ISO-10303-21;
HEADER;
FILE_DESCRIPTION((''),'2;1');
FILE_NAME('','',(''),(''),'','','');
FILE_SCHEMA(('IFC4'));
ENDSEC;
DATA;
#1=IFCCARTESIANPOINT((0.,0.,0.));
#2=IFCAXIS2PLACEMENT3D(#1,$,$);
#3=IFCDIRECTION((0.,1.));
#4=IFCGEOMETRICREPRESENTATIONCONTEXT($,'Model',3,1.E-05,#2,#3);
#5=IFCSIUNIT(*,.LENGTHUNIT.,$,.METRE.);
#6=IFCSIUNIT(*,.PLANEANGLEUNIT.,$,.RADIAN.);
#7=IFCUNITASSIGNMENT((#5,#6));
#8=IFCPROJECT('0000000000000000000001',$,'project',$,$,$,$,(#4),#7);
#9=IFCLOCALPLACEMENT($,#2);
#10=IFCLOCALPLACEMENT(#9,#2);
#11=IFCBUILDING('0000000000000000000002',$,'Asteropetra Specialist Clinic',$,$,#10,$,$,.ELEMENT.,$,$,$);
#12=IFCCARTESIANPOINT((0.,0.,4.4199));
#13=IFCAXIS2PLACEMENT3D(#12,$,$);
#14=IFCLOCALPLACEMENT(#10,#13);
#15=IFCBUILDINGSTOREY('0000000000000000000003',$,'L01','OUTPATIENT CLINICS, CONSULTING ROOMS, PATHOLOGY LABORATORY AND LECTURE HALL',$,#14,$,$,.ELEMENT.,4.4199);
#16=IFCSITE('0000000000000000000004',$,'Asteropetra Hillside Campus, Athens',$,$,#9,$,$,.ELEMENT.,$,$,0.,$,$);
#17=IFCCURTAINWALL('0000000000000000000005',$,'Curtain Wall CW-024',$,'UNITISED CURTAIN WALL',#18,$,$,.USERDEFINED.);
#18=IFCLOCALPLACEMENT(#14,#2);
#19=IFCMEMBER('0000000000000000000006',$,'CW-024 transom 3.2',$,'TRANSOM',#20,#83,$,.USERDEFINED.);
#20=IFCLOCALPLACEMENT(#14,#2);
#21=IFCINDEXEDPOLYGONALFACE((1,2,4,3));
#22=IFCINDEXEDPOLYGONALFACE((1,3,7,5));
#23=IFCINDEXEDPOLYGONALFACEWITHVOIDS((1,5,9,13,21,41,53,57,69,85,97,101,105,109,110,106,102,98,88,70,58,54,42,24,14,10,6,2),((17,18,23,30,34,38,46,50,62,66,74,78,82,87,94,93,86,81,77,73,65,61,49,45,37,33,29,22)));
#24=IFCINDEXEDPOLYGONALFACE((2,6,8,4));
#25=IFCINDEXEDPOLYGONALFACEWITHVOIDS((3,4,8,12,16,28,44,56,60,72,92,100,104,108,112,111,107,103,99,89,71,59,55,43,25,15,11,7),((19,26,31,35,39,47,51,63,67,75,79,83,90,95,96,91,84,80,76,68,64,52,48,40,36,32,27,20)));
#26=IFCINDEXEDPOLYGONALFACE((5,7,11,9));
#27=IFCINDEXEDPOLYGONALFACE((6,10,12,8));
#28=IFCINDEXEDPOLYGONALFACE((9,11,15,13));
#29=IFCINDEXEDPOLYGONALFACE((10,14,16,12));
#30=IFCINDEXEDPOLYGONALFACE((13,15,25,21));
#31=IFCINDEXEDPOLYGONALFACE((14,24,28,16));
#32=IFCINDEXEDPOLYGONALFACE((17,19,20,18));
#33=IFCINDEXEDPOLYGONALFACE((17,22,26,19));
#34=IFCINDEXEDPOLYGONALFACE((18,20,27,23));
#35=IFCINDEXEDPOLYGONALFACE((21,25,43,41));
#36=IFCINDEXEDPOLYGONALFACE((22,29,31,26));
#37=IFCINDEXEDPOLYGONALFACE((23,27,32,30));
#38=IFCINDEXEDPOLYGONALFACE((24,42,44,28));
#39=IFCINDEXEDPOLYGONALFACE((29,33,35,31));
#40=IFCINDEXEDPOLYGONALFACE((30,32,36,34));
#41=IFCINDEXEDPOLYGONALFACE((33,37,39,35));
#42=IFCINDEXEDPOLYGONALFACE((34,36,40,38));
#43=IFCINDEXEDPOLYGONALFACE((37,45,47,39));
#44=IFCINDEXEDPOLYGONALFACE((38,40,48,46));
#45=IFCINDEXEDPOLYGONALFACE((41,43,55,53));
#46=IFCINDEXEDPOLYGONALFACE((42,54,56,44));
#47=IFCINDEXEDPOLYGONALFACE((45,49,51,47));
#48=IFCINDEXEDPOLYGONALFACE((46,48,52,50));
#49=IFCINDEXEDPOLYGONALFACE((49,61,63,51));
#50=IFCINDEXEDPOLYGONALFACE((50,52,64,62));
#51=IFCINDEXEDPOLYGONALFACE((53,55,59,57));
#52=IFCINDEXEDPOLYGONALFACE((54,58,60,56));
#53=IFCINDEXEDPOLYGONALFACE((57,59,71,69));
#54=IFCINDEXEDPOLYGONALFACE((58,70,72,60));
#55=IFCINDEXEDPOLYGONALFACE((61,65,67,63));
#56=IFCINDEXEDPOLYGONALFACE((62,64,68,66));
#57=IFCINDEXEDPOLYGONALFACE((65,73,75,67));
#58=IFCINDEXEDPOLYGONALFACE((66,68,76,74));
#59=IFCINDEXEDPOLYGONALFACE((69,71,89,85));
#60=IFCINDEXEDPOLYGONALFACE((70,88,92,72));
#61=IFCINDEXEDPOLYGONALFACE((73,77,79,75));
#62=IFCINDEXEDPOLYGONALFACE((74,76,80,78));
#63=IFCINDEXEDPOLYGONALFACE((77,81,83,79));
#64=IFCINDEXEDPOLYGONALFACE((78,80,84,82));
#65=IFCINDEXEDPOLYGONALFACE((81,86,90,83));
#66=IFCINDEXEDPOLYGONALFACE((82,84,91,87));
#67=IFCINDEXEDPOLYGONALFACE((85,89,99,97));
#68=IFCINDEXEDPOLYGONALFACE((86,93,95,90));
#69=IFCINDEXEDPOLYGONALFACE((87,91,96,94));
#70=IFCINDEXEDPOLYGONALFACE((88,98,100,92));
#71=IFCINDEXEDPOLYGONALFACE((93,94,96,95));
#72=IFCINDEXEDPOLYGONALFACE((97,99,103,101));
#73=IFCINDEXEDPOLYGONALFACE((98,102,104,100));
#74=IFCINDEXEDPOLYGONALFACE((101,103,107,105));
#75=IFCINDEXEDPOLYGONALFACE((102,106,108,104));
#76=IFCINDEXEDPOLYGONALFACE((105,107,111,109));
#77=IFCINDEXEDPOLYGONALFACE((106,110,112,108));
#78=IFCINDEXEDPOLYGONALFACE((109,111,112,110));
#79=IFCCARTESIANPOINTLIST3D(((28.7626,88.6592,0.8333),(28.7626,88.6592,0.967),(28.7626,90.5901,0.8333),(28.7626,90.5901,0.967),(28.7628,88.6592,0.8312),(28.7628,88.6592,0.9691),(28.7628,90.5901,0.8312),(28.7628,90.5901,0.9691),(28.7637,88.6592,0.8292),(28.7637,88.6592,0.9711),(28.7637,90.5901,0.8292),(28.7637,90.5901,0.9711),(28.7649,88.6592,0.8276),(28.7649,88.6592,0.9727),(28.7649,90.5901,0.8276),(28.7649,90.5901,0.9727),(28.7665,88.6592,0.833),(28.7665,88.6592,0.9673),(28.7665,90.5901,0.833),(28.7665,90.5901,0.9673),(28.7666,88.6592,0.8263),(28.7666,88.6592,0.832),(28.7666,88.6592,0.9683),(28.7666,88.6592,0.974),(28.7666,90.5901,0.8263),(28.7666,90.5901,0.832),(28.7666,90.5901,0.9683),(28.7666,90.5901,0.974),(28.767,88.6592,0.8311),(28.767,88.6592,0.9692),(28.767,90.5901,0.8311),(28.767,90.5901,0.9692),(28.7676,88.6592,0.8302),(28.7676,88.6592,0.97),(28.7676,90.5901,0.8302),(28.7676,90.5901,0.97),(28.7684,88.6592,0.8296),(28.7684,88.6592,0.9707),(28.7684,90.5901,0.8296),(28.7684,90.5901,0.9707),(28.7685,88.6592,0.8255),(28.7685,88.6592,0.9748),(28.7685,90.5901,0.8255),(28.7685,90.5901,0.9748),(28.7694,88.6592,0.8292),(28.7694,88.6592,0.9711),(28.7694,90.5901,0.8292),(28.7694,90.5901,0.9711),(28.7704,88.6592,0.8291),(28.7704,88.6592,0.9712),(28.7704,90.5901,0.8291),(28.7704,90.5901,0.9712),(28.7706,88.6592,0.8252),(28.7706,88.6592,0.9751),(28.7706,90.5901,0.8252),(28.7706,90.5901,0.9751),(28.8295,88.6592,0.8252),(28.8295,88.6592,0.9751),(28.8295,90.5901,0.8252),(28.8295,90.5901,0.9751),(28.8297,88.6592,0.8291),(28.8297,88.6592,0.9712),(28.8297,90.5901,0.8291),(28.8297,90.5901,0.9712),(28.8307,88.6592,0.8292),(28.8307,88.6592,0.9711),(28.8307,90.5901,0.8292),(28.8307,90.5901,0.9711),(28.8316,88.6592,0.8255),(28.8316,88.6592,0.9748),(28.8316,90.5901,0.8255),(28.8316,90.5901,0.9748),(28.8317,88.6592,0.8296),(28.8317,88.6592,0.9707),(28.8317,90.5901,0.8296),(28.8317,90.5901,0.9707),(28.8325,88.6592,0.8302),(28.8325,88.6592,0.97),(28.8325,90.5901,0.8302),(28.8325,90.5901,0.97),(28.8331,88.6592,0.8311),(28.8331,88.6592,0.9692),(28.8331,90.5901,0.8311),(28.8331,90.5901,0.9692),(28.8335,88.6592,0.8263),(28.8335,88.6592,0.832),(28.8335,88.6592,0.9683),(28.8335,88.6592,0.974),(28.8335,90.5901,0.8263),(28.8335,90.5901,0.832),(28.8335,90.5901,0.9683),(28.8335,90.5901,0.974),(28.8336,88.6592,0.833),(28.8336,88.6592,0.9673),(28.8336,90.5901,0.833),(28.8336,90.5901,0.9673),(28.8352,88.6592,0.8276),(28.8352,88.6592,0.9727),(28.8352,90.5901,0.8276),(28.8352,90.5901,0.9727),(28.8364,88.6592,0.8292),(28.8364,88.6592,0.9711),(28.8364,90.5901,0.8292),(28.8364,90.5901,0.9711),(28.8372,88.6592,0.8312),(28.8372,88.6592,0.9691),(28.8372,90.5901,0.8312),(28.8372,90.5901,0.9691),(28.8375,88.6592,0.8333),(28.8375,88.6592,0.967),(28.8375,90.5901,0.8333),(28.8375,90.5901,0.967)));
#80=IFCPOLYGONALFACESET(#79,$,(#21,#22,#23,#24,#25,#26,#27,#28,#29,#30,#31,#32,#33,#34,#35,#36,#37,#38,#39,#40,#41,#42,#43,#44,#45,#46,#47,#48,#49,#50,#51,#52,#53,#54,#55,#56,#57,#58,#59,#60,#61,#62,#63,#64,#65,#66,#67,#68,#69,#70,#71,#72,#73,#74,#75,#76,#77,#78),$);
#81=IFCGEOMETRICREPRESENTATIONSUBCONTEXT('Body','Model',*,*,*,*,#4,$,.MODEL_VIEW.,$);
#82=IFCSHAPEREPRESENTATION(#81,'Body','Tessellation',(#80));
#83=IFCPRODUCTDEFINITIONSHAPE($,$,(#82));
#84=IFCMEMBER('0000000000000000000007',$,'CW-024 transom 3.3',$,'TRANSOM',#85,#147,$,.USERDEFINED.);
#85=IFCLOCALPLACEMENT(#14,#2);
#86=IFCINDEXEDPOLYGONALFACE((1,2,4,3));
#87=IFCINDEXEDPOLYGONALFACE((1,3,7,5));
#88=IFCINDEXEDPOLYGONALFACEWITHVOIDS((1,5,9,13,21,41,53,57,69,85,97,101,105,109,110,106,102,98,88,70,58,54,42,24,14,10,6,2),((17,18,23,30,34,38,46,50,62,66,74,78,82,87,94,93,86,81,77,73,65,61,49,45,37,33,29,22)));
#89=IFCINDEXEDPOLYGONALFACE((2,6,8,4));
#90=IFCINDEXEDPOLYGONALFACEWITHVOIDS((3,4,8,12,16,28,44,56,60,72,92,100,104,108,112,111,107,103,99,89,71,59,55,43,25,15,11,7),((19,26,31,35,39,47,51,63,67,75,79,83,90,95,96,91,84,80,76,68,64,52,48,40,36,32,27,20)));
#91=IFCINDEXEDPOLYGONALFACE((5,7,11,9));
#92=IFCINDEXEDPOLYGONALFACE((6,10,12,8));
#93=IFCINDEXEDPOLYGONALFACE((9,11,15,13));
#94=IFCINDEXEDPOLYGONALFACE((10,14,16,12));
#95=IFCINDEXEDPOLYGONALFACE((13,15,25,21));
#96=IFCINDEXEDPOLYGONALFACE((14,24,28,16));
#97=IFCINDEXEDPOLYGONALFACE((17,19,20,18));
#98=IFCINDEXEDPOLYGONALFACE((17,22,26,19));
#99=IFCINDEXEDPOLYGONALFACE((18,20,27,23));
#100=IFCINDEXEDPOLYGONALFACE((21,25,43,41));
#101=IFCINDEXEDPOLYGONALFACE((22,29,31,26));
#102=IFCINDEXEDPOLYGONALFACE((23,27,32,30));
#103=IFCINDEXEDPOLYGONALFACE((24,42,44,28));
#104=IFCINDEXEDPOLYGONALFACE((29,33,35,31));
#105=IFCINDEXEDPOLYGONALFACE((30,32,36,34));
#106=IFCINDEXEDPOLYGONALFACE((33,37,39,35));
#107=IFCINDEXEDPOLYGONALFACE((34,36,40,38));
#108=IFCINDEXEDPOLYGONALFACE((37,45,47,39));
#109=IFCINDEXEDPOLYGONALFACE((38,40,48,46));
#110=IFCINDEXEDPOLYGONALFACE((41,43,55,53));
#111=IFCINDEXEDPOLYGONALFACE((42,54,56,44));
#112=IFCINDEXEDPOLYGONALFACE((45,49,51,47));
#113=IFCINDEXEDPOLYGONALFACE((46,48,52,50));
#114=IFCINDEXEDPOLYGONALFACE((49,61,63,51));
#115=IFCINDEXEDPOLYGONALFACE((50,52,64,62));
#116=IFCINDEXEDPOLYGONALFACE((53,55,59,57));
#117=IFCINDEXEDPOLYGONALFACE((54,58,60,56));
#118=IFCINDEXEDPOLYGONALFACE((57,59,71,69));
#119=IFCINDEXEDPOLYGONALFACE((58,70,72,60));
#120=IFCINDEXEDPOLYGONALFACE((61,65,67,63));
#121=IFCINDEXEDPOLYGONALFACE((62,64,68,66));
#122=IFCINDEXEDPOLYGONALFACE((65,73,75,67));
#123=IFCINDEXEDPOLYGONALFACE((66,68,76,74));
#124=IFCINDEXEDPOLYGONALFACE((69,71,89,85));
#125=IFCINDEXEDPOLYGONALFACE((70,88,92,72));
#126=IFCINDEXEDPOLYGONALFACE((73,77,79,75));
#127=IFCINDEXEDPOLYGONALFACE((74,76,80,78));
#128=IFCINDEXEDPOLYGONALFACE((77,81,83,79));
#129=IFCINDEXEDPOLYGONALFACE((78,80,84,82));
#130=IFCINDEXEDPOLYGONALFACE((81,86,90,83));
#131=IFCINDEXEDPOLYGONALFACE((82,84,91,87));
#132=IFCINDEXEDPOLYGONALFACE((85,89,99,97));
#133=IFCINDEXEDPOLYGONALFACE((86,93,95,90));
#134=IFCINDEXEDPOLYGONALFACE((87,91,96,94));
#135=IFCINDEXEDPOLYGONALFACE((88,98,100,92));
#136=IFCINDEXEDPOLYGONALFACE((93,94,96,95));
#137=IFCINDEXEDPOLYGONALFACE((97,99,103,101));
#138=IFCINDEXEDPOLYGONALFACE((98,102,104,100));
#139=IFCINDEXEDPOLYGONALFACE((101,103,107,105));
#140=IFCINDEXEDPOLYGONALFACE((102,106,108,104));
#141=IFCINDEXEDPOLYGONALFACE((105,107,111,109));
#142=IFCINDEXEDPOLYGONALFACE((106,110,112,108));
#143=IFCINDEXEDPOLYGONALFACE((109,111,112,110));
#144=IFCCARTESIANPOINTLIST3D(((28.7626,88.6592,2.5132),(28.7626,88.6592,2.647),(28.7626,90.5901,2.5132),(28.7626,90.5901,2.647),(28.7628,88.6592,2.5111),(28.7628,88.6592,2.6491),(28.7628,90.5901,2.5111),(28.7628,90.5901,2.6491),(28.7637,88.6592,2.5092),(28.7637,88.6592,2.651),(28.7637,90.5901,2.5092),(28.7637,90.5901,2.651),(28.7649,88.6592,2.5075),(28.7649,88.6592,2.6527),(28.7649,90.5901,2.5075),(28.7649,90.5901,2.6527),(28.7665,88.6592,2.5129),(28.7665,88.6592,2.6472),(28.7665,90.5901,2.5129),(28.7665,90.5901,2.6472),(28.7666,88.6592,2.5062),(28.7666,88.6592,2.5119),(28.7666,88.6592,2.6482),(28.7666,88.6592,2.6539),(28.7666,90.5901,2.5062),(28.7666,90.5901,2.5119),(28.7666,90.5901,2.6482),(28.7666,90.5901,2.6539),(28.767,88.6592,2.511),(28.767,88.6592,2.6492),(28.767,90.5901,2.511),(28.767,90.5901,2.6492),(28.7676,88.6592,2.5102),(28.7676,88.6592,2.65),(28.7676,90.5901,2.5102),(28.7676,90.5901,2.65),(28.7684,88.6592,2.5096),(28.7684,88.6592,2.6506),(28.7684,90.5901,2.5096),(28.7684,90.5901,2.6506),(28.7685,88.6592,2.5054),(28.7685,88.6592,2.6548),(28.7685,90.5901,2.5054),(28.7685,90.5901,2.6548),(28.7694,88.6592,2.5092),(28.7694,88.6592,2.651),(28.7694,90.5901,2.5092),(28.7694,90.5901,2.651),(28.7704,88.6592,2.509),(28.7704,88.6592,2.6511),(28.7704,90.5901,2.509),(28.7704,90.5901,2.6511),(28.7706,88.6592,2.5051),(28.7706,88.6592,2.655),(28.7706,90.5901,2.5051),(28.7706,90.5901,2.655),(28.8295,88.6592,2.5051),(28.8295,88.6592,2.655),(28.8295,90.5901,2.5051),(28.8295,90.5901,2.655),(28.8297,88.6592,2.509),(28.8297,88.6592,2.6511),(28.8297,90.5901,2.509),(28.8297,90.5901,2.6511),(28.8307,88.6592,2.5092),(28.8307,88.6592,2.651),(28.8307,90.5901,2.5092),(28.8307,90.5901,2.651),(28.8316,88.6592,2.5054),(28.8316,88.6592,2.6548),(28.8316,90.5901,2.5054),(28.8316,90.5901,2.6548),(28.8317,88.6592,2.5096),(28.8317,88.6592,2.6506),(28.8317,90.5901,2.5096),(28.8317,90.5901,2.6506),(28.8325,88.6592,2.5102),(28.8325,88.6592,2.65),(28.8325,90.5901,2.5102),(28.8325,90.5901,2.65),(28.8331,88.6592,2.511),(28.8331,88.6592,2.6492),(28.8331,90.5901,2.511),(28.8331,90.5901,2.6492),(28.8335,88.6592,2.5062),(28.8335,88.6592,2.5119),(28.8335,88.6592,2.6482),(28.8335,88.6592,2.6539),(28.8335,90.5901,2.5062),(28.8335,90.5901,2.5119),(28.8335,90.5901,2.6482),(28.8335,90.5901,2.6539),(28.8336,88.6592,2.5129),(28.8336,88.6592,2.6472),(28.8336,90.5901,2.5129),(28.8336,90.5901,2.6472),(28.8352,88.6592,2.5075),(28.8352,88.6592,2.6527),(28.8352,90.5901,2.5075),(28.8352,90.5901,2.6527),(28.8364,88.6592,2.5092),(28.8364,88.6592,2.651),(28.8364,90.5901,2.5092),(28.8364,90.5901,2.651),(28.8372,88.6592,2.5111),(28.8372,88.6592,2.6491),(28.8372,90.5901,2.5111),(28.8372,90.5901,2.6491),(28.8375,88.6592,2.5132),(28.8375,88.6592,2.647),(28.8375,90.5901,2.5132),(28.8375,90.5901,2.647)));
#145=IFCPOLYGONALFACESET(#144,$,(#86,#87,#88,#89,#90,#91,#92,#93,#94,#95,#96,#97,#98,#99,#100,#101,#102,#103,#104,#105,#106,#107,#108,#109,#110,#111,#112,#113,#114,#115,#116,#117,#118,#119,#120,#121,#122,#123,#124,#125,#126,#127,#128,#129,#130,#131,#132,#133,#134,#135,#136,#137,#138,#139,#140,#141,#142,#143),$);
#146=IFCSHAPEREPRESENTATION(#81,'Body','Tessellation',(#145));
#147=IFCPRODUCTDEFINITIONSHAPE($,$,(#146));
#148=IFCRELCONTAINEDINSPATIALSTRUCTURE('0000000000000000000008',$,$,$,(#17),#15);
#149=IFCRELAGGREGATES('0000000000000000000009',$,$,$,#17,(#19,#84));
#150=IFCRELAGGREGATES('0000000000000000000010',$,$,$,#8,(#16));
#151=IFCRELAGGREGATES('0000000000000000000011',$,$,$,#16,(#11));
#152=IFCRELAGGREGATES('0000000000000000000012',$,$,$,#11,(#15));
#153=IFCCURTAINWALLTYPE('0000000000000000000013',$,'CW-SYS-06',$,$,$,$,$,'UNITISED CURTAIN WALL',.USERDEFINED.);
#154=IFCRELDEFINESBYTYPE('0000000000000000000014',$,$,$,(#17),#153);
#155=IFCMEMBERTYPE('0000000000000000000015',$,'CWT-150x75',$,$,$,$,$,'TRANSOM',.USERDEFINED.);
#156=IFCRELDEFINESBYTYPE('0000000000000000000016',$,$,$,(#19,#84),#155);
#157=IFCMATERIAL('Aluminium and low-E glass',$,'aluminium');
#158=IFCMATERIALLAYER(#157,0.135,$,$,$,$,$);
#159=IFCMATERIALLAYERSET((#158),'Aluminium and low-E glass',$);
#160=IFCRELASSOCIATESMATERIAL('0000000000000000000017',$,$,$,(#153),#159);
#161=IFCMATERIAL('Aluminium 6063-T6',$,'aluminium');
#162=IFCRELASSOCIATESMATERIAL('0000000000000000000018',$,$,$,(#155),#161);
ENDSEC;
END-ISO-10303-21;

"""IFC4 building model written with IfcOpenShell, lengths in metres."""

from ifc_helpers import new_model, si_unit, direction, frame, origin, origin_2d, place, context, subcontext, project, spatial, hollow_rectangle, extrude, material, layer, layer_set, material_profile, profile_set, type_object, element, aggregate, save


model = new_model("IFC4")

# Units and contexts
model_context = context("Model", 3, precision=1e-05, world=origin(), true_north=direction((0.0, 1.0)))
body_context = subcontext(model_context, "Body", "Model", "MODEL_VIEW")
ifc_project = project(units=[si_unit("LENGTHUNIT", "METRE"), si_unit("PLANEANGLEUNIT", "RADIAN")], contexts=[model_context])

# Site, building, storey
site_placement = place(None, origin())
site = spatial("IfcSite", under=ifc_project, at=site_placement, Name="Asteropetra Hillside Campus, Athens", CompositionType="ELEMENT", RefElevation=0.0)
building_placement = place(site_placement, origin())
building = spatial("IfcBuilding", under=site, at=building_placement, Name="Asteropetra Specialist Clinic", CompositionType="ELEMENT")
storey_placement = place(building_placement, frame((0.0, 0.0, 4.4199)))
storey = spatial("IfcBuildingStorey", under=building, at=storey_placement, Name="L01", Description="OUTPATIENT CLINICS, CONSULTING ROOMS, PATHOLOGY LABORATORY AND LECTURE HALL", CompositionType="ELEMENT", Elevation=4.4199)

# Curtain wall, members
ifc_material_1 = material(Name="Aluminium and low-E glass", Category="aluminium")
ifc_layer_1 = layer(ifc_material_1, 0.135)
ifc_layer_set_1 = layer_set([ifc_layer_1], Name="Aluminium and low-E glass")
curtain_wall_type = type_object("IfcCurtainWallType", Name="CW-SYS-06", ElementType="UNITISED CURTAIN WALL", PredefinedType="USERDEFINED", material=ifc_layer_set_1)
curtain_wall_placement = place(storey_placement, origin())
curtain_wall = element("IfcCurtainWall", 1, at=curtain_wall_placement, inside=storey, type_object=curtain_wall_type, Name="Curtain Wall CW-024", ObjectType="UNITISED CURTAIN WALL", PredefinedType="USERDEFINED")
ifc_material_2 = material(Name="Aluminium 6063-T6", Category="aluminium")
ifc_material_profile_1 = material_profile(ifc_material_2, hollow_rectangle(XDim=0.075, YDim=0.1499, WallThickness=0.0039, InnerFilletRadius=0.0039, OuterFilletRadius=0.0081, at=origin_2d()), Name="TRN 150x75x4.0")
ifc_profile_set_1 = profile_set([ifc_material_profile_1], Name="Aluminium 6063-T6")
member_type_1 = type_object("IfcMemberType", Name="CWT-150x75", ElementType="TRANSOM", PredefinedType="USERDEFINED", material=ifc_profile_set_1)
member_1_placement = place(storey_placement, frame((28.8, 88.6592, 0.9001), z_axis=(0.0, 1.0, 0.0), x_axis=(-1.0, 0.0, 0.0)))
member_1 = element("IfcMember", 2, at=member_1_placement, type_object=member_type_1, Name="CW-024 transom 3.2", ObjectType="TRANSOM", PredefinedType="USERDEFINED", context=body_context, shape_type="SweptSolid", body=[
    extrude(hollow_rectangle(XDim=0.075, YDim=0.1499, WallThickness=0.0039, InnerFilletRadius=0.0039, OuterFilletRadius=0.0081, at=origin_2d()), origin(), (0.0, 0.0, 1.0), 1.9309),
])
member_2_placement = place(storey_placement, frame((28.8, 88.6592, 2.5801), z_axis=(0.0, 1.0, 0.0), x_axis=(-1.0, 0.0, 0.0)))
member_2 = element("IfcMember", 3, at=member_2_placement, type_object=member_type_1, Name="CW-024 transom 3.3", ObjectType="TRANSOM", PredefinedType="USERDEFINED", context=body_context, shape_type="SweptSolid", body=[
    extrude(hollow_rectangle(XDim=0.075, YDim=0.1499, WallThickness=0.0039, InnerFilletRadius=0.0039, OuterFilletRadius=0.0081, at=origin_2d()), origin(), (0.0, 0.0, 1.0), 1.9309),
])
aggregate(curtain_wall, [member_1, member_2])

save(model, "model.ifc")
